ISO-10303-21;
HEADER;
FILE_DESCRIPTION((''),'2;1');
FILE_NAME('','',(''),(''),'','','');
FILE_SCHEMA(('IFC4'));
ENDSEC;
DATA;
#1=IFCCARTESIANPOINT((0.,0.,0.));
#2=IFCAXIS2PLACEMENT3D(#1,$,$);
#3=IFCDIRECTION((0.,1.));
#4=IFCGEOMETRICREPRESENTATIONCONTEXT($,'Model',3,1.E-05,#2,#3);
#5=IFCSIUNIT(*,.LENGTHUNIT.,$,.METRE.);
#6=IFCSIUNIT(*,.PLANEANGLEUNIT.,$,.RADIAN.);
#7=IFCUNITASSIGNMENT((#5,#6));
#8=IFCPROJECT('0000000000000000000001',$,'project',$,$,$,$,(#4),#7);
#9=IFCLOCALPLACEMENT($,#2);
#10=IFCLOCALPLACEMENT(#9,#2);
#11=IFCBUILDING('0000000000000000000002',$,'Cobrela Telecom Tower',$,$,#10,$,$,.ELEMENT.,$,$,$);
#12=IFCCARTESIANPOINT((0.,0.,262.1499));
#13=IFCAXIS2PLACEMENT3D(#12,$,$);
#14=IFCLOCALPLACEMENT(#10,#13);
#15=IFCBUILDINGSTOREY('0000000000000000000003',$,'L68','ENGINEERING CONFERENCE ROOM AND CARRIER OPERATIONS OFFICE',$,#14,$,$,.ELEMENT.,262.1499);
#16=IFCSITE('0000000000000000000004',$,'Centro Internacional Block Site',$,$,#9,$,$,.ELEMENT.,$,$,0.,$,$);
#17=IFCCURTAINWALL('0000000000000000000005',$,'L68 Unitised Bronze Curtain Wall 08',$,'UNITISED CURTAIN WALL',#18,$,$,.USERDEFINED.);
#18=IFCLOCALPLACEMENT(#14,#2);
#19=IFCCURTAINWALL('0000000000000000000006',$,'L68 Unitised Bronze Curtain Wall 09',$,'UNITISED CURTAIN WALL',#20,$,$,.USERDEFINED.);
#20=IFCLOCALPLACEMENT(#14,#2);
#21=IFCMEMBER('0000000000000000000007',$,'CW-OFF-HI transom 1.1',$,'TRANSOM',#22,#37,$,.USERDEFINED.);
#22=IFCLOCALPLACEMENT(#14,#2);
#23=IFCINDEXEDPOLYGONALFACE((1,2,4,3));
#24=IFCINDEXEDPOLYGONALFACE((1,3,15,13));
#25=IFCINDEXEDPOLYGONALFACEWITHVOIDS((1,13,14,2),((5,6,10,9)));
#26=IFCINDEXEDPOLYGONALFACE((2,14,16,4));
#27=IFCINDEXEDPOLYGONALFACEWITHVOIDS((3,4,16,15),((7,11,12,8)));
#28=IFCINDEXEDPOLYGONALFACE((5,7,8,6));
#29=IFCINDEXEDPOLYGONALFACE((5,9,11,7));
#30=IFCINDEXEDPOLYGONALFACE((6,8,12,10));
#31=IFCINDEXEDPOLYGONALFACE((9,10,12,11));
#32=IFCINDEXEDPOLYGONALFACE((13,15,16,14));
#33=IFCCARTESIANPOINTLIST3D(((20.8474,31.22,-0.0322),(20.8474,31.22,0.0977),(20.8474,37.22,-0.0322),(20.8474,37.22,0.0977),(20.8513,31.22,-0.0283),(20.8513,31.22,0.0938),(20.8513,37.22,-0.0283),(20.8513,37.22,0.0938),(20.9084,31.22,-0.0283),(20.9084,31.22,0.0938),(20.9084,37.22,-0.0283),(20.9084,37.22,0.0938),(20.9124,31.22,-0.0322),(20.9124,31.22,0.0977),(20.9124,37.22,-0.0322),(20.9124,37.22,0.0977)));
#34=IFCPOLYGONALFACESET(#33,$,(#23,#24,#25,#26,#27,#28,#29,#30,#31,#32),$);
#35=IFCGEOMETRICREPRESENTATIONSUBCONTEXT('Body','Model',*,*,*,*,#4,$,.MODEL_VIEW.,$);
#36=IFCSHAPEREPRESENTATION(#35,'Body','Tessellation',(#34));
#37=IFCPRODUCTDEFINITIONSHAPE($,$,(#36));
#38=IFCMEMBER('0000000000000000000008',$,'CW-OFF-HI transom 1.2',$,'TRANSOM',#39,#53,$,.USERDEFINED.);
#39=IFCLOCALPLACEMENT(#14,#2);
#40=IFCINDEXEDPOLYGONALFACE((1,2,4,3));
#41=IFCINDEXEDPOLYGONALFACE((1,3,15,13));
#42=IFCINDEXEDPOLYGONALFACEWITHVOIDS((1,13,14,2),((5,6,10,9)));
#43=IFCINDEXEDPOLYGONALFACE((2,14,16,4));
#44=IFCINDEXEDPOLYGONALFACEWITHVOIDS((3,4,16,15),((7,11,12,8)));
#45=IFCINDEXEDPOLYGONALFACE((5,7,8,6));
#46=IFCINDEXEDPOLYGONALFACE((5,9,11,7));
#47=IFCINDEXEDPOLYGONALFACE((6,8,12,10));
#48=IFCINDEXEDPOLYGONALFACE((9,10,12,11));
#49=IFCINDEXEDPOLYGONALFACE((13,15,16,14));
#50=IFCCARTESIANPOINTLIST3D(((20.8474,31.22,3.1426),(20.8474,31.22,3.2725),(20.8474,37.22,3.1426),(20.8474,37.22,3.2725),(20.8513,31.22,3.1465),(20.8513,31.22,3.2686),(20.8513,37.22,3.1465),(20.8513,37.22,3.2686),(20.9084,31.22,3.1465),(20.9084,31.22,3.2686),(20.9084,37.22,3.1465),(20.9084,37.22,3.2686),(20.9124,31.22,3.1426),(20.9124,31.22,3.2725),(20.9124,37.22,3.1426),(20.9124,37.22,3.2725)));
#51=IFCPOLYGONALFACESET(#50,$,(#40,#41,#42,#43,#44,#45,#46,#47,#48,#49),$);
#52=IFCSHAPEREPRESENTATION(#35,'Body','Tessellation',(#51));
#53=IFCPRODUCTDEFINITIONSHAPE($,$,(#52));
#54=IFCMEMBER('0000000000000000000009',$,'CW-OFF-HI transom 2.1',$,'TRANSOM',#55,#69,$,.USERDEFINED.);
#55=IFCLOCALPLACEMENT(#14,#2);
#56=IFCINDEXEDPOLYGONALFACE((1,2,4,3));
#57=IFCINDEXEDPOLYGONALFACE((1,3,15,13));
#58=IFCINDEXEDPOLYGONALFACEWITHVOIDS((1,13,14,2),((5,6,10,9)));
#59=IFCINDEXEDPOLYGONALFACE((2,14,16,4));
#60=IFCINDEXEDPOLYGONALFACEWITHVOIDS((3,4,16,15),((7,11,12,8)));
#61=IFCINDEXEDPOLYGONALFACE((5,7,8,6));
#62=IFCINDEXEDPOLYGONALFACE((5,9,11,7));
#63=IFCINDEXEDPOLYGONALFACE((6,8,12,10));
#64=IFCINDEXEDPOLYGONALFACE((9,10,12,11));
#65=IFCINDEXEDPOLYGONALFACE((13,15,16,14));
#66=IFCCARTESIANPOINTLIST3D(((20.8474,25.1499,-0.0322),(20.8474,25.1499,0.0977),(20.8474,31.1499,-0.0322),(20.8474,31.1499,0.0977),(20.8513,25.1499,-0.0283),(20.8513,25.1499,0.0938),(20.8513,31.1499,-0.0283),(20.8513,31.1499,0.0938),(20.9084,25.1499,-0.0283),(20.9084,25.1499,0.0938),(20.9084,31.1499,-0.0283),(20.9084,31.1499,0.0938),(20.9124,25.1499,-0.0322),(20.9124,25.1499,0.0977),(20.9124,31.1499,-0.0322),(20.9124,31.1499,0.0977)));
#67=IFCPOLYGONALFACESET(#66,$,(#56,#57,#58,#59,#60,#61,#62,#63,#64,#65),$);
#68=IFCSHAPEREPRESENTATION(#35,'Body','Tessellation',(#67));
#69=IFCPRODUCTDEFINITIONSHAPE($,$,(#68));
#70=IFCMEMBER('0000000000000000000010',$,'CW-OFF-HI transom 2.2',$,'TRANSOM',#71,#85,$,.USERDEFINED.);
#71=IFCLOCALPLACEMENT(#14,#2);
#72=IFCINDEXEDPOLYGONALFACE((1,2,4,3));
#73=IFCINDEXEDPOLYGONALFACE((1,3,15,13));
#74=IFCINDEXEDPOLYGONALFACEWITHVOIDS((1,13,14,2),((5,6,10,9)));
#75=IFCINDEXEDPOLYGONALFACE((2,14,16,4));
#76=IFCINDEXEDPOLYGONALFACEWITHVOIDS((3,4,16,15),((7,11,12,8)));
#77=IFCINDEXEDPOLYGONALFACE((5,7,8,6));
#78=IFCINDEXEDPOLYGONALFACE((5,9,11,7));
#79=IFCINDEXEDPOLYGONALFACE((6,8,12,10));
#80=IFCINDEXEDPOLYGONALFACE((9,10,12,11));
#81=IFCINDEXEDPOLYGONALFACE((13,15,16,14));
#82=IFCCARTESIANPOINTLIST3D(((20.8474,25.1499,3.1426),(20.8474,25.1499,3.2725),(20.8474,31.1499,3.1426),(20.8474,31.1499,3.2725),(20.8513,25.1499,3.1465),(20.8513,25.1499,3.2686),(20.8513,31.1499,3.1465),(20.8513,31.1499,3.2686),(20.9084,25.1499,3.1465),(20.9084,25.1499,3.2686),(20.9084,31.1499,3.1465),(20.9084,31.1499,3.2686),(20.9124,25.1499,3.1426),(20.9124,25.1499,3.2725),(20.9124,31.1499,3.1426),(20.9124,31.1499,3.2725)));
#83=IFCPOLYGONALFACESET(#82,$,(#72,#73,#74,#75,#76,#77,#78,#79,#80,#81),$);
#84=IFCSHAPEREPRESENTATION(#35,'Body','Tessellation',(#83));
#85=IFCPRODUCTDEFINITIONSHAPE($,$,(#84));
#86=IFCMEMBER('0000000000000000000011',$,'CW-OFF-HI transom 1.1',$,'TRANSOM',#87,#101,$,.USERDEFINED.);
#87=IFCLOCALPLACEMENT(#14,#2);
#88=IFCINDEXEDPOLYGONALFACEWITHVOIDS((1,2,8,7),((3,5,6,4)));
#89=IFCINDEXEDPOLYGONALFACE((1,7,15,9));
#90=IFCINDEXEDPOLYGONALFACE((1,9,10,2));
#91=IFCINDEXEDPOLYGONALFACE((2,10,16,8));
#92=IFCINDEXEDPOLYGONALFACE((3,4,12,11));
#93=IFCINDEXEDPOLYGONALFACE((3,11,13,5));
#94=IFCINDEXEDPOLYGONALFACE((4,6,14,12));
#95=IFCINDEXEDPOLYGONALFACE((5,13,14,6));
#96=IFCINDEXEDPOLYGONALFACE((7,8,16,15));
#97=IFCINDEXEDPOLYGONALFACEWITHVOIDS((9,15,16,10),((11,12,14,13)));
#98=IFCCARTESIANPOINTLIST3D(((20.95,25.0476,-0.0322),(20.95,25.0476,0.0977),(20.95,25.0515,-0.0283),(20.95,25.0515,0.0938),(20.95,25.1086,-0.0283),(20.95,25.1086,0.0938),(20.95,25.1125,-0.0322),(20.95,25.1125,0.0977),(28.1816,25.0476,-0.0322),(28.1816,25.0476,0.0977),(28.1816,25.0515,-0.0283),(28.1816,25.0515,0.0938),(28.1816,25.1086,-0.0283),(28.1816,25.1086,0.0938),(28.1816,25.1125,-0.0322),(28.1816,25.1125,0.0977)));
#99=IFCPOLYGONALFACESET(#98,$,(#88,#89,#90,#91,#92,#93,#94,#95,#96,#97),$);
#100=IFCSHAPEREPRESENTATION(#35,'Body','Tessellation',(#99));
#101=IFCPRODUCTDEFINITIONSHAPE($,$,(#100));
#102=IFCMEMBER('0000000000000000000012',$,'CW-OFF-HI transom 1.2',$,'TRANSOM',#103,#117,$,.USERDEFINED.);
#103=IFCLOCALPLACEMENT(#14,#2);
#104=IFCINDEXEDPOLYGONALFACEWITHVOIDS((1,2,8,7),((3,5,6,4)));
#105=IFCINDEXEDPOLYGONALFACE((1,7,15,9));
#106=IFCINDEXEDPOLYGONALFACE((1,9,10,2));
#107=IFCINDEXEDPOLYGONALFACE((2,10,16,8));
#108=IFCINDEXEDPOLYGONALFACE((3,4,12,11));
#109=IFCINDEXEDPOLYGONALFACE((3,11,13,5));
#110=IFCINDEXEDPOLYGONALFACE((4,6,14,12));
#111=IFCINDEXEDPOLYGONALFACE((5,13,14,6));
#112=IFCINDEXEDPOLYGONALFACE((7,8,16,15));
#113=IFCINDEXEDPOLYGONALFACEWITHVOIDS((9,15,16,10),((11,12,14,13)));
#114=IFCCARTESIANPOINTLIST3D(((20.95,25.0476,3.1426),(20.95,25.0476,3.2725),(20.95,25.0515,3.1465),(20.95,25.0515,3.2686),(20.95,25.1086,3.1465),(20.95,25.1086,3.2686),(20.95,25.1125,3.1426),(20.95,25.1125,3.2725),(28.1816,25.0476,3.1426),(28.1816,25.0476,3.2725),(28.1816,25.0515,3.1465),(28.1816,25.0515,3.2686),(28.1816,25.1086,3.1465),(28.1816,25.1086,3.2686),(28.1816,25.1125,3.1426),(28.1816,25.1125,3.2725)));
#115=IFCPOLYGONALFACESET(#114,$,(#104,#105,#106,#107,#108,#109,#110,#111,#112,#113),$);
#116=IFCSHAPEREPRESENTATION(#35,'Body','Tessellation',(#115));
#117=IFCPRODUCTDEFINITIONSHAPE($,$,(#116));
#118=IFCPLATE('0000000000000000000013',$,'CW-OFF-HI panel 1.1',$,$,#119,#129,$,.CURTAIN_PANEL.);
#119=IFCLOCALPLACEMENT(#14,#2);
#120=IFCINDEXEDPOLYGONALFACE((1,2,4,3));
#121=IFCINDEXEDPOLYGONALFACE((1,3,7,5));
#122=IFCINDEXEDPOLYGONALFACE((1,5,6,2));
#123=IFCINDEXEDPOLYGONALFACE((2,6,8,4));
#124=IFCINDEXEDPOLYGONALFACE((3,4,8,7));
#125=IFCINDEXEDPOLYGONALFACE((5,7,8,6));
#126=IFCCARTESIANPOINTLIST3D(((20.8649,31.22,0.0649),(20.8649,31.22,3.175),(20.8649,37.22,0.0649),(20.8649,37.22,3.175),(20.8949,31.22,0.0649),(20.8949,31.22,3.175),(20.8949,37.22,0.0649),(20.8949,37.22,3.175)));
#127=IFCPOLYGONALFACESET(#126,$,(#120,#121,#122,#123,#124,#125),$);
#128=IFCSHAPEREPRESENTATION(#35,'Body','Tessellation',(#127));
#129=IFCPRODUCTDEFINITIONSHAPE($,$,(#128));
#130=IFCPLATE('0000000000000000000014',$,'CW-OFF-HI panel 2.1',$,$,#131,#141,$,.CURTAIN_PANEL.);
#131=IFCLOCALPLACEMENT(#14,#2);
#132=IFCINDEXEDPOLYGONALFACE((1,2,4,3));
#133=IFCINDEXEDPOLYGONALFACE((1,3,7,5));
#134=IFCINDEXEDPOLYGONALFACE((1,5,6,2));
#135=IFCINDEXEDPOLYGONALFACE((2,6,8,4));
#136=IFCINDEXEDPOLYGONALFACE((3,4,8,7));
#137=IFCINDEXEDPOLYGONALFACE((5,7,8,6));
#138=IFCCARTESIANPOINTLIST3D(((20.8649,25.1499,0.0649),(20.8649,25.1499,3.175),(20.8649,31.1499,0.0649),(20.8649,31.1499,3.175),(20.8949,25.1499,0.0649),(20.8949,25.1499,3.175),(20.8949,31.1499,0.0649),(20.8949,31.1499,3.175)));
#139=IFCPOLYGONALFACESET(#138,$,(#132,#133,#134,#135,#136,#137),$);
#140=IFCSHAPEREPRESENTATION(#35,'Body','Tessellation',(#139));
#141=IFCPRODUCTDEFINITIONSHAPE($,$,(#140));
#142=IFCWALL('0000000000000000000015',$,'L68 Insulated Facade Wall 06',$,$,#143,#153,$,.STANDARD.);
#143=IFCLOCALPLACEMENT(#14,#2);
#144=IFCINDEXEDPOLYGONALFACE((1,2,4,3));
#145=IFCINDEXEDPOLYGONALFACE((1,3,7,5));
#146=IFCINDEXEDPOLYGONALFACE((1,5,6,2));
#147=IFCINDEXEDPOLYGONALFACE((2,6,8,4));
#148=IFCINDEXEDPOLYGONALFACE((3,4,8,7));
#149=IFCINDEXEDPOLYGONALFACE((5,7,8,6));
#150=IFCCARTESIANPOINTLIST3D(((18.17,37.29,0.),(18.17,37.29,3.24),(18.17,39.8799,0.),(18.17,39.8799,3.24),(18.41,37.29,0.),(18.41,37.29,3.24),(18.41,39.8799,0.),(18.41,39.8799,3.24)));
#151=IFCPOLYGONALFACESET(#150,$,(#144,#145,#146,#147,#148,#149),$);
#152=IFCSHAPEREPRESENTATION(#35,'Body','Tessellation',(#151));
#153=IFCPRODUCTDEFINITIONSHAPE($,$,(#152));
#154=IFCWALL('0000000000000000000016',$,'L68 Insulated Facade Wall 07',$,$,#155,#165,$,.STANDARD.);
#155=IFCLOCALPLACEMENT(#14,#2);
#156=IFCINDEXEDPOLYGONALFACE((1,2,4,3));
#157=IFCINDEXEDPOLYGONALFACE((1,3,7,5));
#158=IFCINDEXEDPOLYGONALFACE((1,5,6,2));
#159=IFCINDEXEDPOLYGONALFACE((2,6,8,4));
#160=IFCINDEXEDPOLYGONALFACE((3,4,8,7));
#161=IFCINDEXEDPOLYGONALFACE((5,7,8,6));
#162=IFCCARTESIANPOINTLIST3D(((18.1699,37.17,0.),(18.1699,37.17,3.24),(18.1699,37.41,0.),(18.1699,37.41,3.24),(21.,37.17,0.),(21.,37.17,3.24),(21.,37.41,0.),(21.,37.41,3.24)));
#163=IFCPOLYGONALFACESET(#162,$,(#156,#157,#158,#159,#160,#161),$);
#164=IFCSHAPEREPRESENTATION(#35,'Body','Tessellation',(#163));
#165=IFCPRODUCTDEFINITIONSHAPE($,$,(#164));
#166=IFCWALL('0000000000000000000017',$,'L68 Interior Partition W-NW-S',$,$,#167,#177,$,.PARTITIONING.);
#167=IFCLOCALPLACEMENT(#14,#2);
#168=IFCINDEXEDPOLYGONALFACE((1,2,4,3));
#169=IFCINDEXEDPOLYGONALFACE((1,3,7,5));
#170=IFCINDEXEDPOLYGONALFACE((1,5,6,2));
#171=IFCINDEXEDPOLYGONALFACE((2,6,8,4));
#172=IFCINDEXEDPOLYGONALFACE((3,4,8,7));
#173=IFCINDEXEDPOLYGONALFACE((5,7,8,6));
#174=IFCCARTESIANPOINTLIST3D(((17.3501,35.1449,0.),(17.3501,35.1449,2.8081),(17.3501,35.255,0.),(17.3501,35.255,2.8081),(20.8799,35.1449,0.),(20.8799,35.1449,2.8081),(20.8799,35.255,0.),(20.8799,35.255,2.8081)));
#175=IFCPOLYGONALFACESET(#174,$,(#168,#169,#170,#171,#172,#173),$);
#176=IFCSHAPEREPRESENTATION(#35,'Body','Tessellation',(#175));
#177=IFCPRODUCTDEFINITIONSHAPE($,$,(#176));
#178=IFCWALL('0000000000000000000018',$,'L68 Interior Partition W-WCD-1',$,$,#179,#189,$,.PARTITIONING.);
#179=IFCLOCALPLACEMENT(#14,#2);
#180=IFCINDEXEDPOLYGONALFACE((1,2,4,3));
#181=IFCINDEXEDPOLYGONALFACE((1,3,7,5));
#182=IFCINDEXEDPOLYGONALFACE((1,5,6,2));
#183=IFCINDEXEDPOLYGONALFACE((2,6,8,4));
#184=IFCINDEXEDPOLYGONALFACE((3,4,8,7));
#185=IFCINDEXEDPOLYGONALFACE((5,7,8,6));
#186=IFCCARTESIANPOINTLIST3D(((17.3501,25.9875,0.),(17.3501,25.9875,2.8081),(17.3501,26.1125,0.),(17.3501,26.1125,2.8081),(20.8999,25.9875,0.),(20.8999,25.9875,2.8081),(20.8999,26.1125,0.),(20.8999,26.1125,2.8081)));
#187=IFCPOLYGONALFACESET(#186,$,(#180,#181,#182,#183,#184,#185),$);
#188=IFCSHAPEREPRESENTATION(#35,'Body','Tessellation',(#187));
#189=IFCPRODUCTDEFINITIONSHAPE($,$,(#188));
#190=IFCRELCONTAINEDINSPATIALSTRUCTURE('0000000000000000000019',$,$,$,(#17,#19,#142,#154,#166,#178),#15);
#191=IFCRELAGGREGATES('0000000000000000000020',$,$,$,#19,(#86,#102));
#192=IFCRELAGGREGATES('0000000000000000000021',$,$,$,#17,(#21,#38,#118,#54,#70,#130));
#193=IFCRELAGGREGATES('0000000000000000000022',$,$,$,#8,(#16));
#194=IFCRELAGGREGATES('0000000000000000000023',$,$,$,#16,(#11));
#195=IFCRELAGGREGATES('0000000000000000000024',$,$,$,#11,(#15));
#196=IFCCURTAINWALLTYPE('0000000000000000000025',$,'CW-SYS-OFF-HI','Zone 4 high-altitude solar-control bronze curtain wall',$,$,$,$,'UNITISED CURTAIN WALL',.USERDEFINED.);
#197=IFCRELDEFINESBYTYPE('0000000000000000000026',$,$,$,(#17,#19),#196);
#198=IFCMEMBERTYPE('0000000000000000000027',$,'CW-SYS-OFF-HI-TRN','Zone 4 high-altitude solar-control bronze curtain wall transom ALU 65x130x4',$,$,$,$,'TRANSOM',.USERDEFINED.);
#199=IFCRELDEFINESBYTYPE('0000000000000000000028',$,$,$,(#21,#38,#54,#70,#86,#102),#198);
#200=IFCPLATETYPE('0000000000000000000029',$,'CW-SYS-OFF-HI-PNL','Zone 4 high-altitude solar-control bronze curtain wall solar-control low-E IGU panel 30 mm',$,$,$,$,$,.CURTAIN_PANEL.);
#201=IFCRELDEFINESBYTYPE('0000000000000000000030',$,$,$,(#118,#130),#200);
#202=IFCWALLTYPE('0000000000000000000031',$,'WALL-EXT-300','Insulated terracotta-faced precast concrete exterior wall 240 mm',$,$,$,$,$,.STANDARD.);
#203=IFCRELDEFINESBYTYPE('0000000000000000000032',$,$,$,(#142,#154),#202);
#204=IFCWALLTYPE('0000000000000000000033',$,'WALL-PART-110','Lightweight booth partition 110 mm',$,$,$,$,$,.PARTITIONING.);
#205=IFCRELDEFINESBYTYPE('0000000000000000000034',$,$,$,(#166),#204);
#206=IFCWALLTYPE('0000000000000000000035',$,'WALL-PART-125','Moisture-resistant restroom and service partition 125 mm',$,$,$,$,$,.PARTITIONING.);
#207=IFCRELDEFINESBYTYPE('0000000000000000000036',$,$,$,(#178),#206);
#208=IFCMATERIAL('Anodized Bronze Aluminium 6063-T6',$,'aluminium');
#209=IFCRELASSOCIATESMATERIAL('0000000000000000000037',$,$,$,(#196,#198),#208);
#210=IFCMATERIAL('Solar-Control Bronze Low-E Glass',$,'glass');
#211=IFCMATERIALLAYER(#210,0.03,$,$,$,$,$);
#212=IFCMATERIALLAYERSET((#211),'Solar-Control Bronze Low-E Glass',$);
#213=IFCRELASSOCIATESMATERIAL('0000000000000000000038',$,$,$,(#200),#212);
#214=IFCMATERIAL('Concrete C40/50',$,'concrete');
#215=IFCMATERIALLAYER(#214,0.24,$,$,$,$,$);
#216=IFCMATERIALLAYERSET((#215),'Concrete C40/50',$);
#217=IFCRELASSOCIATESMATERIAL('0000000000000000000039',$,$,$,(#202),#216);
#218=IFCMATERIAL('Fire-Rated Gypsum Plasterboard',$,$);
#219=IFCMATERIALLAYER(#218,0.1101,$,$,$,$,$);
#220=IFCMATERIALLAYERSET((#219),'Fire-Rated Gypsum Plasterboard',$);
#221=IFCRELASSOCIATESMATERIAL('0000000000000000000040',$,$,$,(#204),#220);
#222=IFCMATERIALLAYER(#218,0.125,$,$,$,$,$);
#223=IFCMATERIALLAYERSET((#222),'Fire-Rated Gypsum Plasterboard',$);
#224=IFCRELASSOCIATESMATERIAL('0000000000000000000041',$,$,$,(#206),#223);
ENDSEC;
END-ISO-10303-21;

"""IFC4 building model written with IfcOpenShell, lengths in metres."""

from ifc_helpers import new_model, si_unit, direction, frame, frame_2d, origin, origin_2d, place, context, subcontext, project, spatial, rectangle, hollow_rectangle, extrude, material, layer, layer_set, material_profile, profile_set, type_object, element, aggregate, save


model = new_model("IFC4")

# Units and contexts
model_context = context("Model", 3, precision=1e-05, world=origin(), true_north=direction((0.0, 1.0)))
body_context = subcontext(model_context, "Body", "Model", "MODEL_VIEW")
ifc_project = project(units=[si_unit("LENGTHUNIT", "METRE"), si_unit("PLANEANGLEUNIT", "RADIAN")], contexts=[model_context])

# Site, building, storey
site_placement = place(None, origin())
site = spatial("IfcSite", under=ifc_project, at=site_placement, Name="Centro Internacional Block Site", CompositionType="ELEMENT", RefElevation=0.0)
building_placement = place(site_placement, origin())
building = spatial("IfcBuilding", under=site, at=building_placement, Name="Cobrela Telecom Tower", CompositionType="ELEMENT")
storey_placement = place(building_placement, frame((0.0, 0.0, 262.1499)))
storey = spatial("IfcBuildingStorey", under=building, at=storey_placement, Name="L68", Description="ENGINEERING CONFERENCE ROOM AND CARRIER OPERATIONS OFFICE", CompositionType="ELEMENT", Elevation=262.1499)

# Shared definitions
ifc_material_1 = material(Name="Anodized Bronze Aluminium 6063-T6", Category="aluminium")
curtain_wall_type = type_object("IfcCurtainWallType", Name="CW-SYS-OFF-HI", Description="Zone 4 high-altitude solar-control bronze curtain wall", ElementType="UNITISED CURTAIN WALL", PredefinedType="USERDEFINED", material=ifc_material_1)

# Curtain wall
curtain_wall_1_placement = place(storey_placement, origin())
curtain_wall_1 = element("IfcCurtainWall", 1, at=curtain_wall_1_placement, inside=storey, type_object=curtain_wall_type, Name="L68 Unitised Bronze Curtain Wall 08", ObjectType="UNITISED CURTAIN WALL", PredefinedType="USERDEFINED")

# Curtain wall
curtain_wall_2_placement = place(storey_placement, origin())
curtain_wall_2 = element("IfcCurtainWall", 2, at=curtain_wall_2_placement, inside=storey, type_object=curtain_wall_type, Name="L68 Unitised Bronze Curtain Wall 09", ObjectType="UNITISED CURTAIN WALL", PredefinedType="USERDEFINED")

# Members
ifc_material_profile_1 = material_profile(ifc_material_1, hollow_rectangle(XDim=0.0649, YDim=0.1299, WallThickness=0.0039, at=origin_2d()), Name="ALU 65x130x4")
ifc_profile_set_1 = profile_set([ifc_material_profile_1], Name="Anodized Bronze Aluminium 6063-T6")
member_type_1 = type_object("IfcMemberType", Name="CW-SYS-OFF-HI-TRN", Description="Zone 4 high-altitude solar-control bronze curtain wall transom ALU 65x130x4", ElementType="TRANSOM", PredefinedType="USERDEFINED", material=ifc_profile_set_1)
member_1_placement = place(storey_placement, frame((20.8799, 37.22, 0.0327), z_axis=(0.0, -1.0, 0.0), x_axis=(1.0, 0.0, 0.0)))
member_1 = element("IfcMember", 3, at=member_1_placement, type_object=member_type_1, Name="CW-OFF-HI transom 1.1", ObjectType="TRANSOM", PredefinedType="USERDEFINED", context=body_context, shape_type="SweptSolid", body=[
    extrude(hollow_rectangle(XDim=0.0649, YDim=0.1299, WallThickness=0.0039, at=origin_2d()), origin(), (0.0, 0.0, 1.0), 6.0),
])
member_2_placement = place(storey_placement, frame((20.8799, 37.22, 3.2075), z_axis=(0.0, -1.0, 0.0), x_axis=(1.0, 0.0, 0.0)))
member_2 = element("IfcMember", 4, at=member_2_placement, type_object=member_type_1, Name="CW-OFF-HI transom 1.2", ObjectType="TRANSOM", PredefinedType="USERDEFINED", context=body_context, shape_type="SweptSolid", body=[
    extrude(hollow_rectangle(XDim=0.0649, YDim=0.1299, WallThickness=0.0039, at=origin_2d()), origin(), (0.0, 0.0, 1.0), 6.0),
])
member_3_placement = place(storey_placement, frame((20.8799, 31.1499, 0.0327), z_axis=(0.0, -1.0, 0.0), x_axis=(1.0, 0.0, 0.0)))
member_3 = element("IfcMember", 5, at=member_3_placement, type_object=member_type_1, Name="CW-OFF-HI transom 2.1", ObjectType="TRANSOM", PredefinedType="USERDEFINED", context=body_context, shape_type="SweptSolid", body=[
    extrude(hollow_rectangle(XDim=0.0649, YDim=0.1299, WallThickness=0.0039, at=origin_2d()), origin(), (0.0, 0.0, 1.0), 6.0),
])
member_4_placement = place(storey_placement, frame((20.8799, 31.1499, 3.2075), z_axis=(0.0, -1.0, 0.0), x_axis=(1.0, 0.0, 0.0)))
member_4 = element("IfcMember", 6, at=member_4_placement, type_object=member_type_1, Name="CW-OFF-HI transom 2.2", ObjectType="TRANSOM", PredefinedType="USERDEFINED", context=body_context, shape_type="SweptSolid", body=[
    extrude(hollow_rectangle(XDim=0.0649, YDim=0.1299, WallThickness=0.0039, at=origin_2d()), origin(), (0.0, 0.0, 1.0), 6.0),
])
member_5_placement = place(storey_placement, frame((20.95, 25.0801, 0.0327), z_axis=(1.0, 0.0, 0.0), x_axis=(0.0, 1.0, 0.0)))
member_5 = element("IfcMember", 7, at=member_5_placement, type_object=member_type_1, Name="CW-OFF-HI transom 1.1", ObjectType="TRANSOM", PredefinedType="USERDEFINED", context=body_context, shape_type="SweptSolid", body=[
    extrude(hollow_rectangle(XDim=0.0649, YDim=0.1299, WallThickness=0.0039, at=origin_2d()), origin(), (0.0, 0.0, 1.0), 7.2317),
])
member_6_placement = place(storey_placement, frame((20.95, 25.0801, 3.2075), z_axis=(1.0, 0.0, 0.0), x_axis=(0.0, 1.0, 0.0)))
member_6 = element("IfcMember", 8, at=member_6_placement, type_object=member_type_1, Name="CW-OFF-HI transom 1.2", ObjectType="TRANSOM", PredefinedType="USERDEFINED", context=body_context, shape_type="SweptSolid", body=[
    extrude(hollow_rectangle(XDim=0.0649, YDim=0.1299, WallThickness=0.0039, at=origin_2d()), origin(), (0.0, 0.0, 1.0), 7.2317),
])
aggregate(curtain_wall_2, [member_5, member_6])

# Plates
ifc_material_2 = material(Name="Solar-Control Bronze Low-E Glass", Category="glass")
ifc_layer_1 = layer(ifc_material_2, 0.03)
ifc_layer_set_1 = layer_set([ifc_layer_1], Name="Solar-Control Bronze Low-E Glass")
plate_type = type_object("IfcPlateType", Name="CW-SYS-OFF-HI-PNL", Description="Zone 4 high-altitude solar-control bronze curtain wall solar-control low-E IGU panel 30 mm", PredefinedType="CURTAIN_PANEL", material=ifc_layer_set_1)
plate_1_placement = place(storey_placement, frame((20.8799, 34.22, 0.0649), z_axis=(0.0, 0.0, 1.0), x_axis=(0.0, -1.0, 0.0)))
plate_1 = element("IfcPlate", 9, at=plate_1_placement, type_object=plate_type, Name="CW-OFF-HI panel 1.1", PredefinedType="CURTAIN_PANEL", context=body_context, shape_type="SweptSolid", body=[
    extrude(rectangle(XDim=6.0, YDim=0.03, at=origin_2d()), origin(), (0.0, 0.0, 1.0), 3.1101),
])
plate_2_placement = place(storey_placement, frame((20.8799, 28.1499, 0.0649), z_axis=(0.0, 0.0, 1.0), x_axis=(0.0, -1.0, 0.0)))
plate_2 = element("IfcPlate", 10, at=plate_2_placement, type_object=plate_type, Name="CW-OFF-HI panel 2.1", PredefinedType="CURTAIN_PANEL", context=body_context, shape_type="SweptSolid", body=[
    extrude(rectangle(XDim=6.0, YDim=0.03, at=origin_2d()), origin(), (0.0, 0.0, 1.0), 3.1101),
])
aggregate(curtain_wall_1, [member_1, member_2, plate_1, member_3, member_4, plate_2])

# Walls
ifc_material_3 = material(Name="Concrete C40/50", Category="concrete")
ifc_layer_2 = layer(ifc_material_3, 0.24)
ifc_layer_set_2 = layer_set([ifc_layer_2], Name="Concrete C40/50")
wall_type_1 = type_object("IfcWallType", Name="WALL-EXT-300", Description="Insulated terracotta-faced precast concrete exterior wall 240 mm", PredefinedType="STANDARD", material=ifc_layer_set_2)
wall_1_placement = place(storey_placement, frame((18.29, 39.8799, 0.0), z_axis=(0.0, 0.0, 1.0), x_axis=(0.0, -1.0, 0.0)))
element("IfcWall", 11, at=wall_1_placement, inside=storey, type_object=wall_type_1, Name="L68 Insulated Facade Wall 06", PredefinedType="STANDARD", context=body_context, shape_type="SweptSolid", body=[
    extrude(rectangle(XDim=2.5898, YDim=0.24, at=frame_2d((1.2949, 0.0))), origin(), (0.0, 0.0, 1.0), 3.24),
])
wall_2_placement = place(storey_placement, frame((18.1699, 37.29, 0.0), z_axis=(0.0, 0.0, 1.0), x_axis=(1.0, 0.0, 0.0)))
element("IfcWall", 12, at=wall_2_placement, inside=storey, type_object=wall_type_1, Name="L68 Insulated Facade Wall 07", PredefinedType="STANDARD", context=body_context, shape_type="SweptSolid", body=[
    extrude(rectangle(XDim=2.8301, YDim=0.24, at=frame_2d((1.415, 0.0))), origin(), (0.0, 0.0, 1.0), 3.24),
])
ifc_material_4 = material(Name="Fire-Rated Gypsum Plasterboard")
ifc_layer_3 = layer(ifc_material_4, 0.1101)
ifc_layer_set_3 = layer_set([ifc_layer_3], Name="Fire-Rated Gypsum Plasterboard")
wall_type_2 = type_object("IfcWallType", Name="WALL-PART-110", Description="Lightweight booth partition 110 mm", PredefinedType="PARTITIONING", material=ifc_layer_set_3)
wall_3_placement = place(storey_placement, frame((17.3501, 35.2, 0.0), z_axis=(0.0, 0.0, 1.0), x_axis=(1.0, 0.0, 0.0)))
element("IfcWall", 13, at=wall_3_placement, inside=storey, type_object=wall_type_2, Name="L68 Interior Partition W-NW-S", PredefinedType="PARTITIONING", context=body_context, shape_type="SweptSolid", body=[
    extrude(rectangle(XDim=3.5298, YDim=0.1101, at=frame_2d((1.7649, 0.0))), origin(), (0.0, 0.0, 1.0), 2.8081),
])
ifc_layer_4 = layer(ifc_material_4, 0.125)
ifc_layer_set_4 = layer_set([ifc_layer_4], Name="Fire-Rated Gypsum Plasterboard")
wall_type_3 = type_object("IfcWallType", Name="WALL-PART-125", Description="Moisture-resistant restroom and service partition 125 mm", PredefinedType="PARTITIONING", material=ifc_layer_set_4)
for number, where, z_axis, x_axis, name in (
    (14, (17.3501, 26.05, 0.0), (0.0, 0.0, 1.0), (1.0, 0.0, 0.0), "L68 Interior Partition W-WCD-1"),
):
    element("IfcWall", number, at=place(storey_placement, frame(where, z_axis=z_axis, x_axis=x_axis)), inside=storey, type_object=wall_type_3, Name=name, PredefinedType="PARTITIONING", context=body_context, shape_type="SweptSolid", body=[
        extrude(rectangle(XDim=3.5498, YDim=0.125, at=frame_2d((1.7749, 0.0))), origin(), (0.0, 0.0, 1.0), 2.8081),
    ])

save(model, "model.ifc")
